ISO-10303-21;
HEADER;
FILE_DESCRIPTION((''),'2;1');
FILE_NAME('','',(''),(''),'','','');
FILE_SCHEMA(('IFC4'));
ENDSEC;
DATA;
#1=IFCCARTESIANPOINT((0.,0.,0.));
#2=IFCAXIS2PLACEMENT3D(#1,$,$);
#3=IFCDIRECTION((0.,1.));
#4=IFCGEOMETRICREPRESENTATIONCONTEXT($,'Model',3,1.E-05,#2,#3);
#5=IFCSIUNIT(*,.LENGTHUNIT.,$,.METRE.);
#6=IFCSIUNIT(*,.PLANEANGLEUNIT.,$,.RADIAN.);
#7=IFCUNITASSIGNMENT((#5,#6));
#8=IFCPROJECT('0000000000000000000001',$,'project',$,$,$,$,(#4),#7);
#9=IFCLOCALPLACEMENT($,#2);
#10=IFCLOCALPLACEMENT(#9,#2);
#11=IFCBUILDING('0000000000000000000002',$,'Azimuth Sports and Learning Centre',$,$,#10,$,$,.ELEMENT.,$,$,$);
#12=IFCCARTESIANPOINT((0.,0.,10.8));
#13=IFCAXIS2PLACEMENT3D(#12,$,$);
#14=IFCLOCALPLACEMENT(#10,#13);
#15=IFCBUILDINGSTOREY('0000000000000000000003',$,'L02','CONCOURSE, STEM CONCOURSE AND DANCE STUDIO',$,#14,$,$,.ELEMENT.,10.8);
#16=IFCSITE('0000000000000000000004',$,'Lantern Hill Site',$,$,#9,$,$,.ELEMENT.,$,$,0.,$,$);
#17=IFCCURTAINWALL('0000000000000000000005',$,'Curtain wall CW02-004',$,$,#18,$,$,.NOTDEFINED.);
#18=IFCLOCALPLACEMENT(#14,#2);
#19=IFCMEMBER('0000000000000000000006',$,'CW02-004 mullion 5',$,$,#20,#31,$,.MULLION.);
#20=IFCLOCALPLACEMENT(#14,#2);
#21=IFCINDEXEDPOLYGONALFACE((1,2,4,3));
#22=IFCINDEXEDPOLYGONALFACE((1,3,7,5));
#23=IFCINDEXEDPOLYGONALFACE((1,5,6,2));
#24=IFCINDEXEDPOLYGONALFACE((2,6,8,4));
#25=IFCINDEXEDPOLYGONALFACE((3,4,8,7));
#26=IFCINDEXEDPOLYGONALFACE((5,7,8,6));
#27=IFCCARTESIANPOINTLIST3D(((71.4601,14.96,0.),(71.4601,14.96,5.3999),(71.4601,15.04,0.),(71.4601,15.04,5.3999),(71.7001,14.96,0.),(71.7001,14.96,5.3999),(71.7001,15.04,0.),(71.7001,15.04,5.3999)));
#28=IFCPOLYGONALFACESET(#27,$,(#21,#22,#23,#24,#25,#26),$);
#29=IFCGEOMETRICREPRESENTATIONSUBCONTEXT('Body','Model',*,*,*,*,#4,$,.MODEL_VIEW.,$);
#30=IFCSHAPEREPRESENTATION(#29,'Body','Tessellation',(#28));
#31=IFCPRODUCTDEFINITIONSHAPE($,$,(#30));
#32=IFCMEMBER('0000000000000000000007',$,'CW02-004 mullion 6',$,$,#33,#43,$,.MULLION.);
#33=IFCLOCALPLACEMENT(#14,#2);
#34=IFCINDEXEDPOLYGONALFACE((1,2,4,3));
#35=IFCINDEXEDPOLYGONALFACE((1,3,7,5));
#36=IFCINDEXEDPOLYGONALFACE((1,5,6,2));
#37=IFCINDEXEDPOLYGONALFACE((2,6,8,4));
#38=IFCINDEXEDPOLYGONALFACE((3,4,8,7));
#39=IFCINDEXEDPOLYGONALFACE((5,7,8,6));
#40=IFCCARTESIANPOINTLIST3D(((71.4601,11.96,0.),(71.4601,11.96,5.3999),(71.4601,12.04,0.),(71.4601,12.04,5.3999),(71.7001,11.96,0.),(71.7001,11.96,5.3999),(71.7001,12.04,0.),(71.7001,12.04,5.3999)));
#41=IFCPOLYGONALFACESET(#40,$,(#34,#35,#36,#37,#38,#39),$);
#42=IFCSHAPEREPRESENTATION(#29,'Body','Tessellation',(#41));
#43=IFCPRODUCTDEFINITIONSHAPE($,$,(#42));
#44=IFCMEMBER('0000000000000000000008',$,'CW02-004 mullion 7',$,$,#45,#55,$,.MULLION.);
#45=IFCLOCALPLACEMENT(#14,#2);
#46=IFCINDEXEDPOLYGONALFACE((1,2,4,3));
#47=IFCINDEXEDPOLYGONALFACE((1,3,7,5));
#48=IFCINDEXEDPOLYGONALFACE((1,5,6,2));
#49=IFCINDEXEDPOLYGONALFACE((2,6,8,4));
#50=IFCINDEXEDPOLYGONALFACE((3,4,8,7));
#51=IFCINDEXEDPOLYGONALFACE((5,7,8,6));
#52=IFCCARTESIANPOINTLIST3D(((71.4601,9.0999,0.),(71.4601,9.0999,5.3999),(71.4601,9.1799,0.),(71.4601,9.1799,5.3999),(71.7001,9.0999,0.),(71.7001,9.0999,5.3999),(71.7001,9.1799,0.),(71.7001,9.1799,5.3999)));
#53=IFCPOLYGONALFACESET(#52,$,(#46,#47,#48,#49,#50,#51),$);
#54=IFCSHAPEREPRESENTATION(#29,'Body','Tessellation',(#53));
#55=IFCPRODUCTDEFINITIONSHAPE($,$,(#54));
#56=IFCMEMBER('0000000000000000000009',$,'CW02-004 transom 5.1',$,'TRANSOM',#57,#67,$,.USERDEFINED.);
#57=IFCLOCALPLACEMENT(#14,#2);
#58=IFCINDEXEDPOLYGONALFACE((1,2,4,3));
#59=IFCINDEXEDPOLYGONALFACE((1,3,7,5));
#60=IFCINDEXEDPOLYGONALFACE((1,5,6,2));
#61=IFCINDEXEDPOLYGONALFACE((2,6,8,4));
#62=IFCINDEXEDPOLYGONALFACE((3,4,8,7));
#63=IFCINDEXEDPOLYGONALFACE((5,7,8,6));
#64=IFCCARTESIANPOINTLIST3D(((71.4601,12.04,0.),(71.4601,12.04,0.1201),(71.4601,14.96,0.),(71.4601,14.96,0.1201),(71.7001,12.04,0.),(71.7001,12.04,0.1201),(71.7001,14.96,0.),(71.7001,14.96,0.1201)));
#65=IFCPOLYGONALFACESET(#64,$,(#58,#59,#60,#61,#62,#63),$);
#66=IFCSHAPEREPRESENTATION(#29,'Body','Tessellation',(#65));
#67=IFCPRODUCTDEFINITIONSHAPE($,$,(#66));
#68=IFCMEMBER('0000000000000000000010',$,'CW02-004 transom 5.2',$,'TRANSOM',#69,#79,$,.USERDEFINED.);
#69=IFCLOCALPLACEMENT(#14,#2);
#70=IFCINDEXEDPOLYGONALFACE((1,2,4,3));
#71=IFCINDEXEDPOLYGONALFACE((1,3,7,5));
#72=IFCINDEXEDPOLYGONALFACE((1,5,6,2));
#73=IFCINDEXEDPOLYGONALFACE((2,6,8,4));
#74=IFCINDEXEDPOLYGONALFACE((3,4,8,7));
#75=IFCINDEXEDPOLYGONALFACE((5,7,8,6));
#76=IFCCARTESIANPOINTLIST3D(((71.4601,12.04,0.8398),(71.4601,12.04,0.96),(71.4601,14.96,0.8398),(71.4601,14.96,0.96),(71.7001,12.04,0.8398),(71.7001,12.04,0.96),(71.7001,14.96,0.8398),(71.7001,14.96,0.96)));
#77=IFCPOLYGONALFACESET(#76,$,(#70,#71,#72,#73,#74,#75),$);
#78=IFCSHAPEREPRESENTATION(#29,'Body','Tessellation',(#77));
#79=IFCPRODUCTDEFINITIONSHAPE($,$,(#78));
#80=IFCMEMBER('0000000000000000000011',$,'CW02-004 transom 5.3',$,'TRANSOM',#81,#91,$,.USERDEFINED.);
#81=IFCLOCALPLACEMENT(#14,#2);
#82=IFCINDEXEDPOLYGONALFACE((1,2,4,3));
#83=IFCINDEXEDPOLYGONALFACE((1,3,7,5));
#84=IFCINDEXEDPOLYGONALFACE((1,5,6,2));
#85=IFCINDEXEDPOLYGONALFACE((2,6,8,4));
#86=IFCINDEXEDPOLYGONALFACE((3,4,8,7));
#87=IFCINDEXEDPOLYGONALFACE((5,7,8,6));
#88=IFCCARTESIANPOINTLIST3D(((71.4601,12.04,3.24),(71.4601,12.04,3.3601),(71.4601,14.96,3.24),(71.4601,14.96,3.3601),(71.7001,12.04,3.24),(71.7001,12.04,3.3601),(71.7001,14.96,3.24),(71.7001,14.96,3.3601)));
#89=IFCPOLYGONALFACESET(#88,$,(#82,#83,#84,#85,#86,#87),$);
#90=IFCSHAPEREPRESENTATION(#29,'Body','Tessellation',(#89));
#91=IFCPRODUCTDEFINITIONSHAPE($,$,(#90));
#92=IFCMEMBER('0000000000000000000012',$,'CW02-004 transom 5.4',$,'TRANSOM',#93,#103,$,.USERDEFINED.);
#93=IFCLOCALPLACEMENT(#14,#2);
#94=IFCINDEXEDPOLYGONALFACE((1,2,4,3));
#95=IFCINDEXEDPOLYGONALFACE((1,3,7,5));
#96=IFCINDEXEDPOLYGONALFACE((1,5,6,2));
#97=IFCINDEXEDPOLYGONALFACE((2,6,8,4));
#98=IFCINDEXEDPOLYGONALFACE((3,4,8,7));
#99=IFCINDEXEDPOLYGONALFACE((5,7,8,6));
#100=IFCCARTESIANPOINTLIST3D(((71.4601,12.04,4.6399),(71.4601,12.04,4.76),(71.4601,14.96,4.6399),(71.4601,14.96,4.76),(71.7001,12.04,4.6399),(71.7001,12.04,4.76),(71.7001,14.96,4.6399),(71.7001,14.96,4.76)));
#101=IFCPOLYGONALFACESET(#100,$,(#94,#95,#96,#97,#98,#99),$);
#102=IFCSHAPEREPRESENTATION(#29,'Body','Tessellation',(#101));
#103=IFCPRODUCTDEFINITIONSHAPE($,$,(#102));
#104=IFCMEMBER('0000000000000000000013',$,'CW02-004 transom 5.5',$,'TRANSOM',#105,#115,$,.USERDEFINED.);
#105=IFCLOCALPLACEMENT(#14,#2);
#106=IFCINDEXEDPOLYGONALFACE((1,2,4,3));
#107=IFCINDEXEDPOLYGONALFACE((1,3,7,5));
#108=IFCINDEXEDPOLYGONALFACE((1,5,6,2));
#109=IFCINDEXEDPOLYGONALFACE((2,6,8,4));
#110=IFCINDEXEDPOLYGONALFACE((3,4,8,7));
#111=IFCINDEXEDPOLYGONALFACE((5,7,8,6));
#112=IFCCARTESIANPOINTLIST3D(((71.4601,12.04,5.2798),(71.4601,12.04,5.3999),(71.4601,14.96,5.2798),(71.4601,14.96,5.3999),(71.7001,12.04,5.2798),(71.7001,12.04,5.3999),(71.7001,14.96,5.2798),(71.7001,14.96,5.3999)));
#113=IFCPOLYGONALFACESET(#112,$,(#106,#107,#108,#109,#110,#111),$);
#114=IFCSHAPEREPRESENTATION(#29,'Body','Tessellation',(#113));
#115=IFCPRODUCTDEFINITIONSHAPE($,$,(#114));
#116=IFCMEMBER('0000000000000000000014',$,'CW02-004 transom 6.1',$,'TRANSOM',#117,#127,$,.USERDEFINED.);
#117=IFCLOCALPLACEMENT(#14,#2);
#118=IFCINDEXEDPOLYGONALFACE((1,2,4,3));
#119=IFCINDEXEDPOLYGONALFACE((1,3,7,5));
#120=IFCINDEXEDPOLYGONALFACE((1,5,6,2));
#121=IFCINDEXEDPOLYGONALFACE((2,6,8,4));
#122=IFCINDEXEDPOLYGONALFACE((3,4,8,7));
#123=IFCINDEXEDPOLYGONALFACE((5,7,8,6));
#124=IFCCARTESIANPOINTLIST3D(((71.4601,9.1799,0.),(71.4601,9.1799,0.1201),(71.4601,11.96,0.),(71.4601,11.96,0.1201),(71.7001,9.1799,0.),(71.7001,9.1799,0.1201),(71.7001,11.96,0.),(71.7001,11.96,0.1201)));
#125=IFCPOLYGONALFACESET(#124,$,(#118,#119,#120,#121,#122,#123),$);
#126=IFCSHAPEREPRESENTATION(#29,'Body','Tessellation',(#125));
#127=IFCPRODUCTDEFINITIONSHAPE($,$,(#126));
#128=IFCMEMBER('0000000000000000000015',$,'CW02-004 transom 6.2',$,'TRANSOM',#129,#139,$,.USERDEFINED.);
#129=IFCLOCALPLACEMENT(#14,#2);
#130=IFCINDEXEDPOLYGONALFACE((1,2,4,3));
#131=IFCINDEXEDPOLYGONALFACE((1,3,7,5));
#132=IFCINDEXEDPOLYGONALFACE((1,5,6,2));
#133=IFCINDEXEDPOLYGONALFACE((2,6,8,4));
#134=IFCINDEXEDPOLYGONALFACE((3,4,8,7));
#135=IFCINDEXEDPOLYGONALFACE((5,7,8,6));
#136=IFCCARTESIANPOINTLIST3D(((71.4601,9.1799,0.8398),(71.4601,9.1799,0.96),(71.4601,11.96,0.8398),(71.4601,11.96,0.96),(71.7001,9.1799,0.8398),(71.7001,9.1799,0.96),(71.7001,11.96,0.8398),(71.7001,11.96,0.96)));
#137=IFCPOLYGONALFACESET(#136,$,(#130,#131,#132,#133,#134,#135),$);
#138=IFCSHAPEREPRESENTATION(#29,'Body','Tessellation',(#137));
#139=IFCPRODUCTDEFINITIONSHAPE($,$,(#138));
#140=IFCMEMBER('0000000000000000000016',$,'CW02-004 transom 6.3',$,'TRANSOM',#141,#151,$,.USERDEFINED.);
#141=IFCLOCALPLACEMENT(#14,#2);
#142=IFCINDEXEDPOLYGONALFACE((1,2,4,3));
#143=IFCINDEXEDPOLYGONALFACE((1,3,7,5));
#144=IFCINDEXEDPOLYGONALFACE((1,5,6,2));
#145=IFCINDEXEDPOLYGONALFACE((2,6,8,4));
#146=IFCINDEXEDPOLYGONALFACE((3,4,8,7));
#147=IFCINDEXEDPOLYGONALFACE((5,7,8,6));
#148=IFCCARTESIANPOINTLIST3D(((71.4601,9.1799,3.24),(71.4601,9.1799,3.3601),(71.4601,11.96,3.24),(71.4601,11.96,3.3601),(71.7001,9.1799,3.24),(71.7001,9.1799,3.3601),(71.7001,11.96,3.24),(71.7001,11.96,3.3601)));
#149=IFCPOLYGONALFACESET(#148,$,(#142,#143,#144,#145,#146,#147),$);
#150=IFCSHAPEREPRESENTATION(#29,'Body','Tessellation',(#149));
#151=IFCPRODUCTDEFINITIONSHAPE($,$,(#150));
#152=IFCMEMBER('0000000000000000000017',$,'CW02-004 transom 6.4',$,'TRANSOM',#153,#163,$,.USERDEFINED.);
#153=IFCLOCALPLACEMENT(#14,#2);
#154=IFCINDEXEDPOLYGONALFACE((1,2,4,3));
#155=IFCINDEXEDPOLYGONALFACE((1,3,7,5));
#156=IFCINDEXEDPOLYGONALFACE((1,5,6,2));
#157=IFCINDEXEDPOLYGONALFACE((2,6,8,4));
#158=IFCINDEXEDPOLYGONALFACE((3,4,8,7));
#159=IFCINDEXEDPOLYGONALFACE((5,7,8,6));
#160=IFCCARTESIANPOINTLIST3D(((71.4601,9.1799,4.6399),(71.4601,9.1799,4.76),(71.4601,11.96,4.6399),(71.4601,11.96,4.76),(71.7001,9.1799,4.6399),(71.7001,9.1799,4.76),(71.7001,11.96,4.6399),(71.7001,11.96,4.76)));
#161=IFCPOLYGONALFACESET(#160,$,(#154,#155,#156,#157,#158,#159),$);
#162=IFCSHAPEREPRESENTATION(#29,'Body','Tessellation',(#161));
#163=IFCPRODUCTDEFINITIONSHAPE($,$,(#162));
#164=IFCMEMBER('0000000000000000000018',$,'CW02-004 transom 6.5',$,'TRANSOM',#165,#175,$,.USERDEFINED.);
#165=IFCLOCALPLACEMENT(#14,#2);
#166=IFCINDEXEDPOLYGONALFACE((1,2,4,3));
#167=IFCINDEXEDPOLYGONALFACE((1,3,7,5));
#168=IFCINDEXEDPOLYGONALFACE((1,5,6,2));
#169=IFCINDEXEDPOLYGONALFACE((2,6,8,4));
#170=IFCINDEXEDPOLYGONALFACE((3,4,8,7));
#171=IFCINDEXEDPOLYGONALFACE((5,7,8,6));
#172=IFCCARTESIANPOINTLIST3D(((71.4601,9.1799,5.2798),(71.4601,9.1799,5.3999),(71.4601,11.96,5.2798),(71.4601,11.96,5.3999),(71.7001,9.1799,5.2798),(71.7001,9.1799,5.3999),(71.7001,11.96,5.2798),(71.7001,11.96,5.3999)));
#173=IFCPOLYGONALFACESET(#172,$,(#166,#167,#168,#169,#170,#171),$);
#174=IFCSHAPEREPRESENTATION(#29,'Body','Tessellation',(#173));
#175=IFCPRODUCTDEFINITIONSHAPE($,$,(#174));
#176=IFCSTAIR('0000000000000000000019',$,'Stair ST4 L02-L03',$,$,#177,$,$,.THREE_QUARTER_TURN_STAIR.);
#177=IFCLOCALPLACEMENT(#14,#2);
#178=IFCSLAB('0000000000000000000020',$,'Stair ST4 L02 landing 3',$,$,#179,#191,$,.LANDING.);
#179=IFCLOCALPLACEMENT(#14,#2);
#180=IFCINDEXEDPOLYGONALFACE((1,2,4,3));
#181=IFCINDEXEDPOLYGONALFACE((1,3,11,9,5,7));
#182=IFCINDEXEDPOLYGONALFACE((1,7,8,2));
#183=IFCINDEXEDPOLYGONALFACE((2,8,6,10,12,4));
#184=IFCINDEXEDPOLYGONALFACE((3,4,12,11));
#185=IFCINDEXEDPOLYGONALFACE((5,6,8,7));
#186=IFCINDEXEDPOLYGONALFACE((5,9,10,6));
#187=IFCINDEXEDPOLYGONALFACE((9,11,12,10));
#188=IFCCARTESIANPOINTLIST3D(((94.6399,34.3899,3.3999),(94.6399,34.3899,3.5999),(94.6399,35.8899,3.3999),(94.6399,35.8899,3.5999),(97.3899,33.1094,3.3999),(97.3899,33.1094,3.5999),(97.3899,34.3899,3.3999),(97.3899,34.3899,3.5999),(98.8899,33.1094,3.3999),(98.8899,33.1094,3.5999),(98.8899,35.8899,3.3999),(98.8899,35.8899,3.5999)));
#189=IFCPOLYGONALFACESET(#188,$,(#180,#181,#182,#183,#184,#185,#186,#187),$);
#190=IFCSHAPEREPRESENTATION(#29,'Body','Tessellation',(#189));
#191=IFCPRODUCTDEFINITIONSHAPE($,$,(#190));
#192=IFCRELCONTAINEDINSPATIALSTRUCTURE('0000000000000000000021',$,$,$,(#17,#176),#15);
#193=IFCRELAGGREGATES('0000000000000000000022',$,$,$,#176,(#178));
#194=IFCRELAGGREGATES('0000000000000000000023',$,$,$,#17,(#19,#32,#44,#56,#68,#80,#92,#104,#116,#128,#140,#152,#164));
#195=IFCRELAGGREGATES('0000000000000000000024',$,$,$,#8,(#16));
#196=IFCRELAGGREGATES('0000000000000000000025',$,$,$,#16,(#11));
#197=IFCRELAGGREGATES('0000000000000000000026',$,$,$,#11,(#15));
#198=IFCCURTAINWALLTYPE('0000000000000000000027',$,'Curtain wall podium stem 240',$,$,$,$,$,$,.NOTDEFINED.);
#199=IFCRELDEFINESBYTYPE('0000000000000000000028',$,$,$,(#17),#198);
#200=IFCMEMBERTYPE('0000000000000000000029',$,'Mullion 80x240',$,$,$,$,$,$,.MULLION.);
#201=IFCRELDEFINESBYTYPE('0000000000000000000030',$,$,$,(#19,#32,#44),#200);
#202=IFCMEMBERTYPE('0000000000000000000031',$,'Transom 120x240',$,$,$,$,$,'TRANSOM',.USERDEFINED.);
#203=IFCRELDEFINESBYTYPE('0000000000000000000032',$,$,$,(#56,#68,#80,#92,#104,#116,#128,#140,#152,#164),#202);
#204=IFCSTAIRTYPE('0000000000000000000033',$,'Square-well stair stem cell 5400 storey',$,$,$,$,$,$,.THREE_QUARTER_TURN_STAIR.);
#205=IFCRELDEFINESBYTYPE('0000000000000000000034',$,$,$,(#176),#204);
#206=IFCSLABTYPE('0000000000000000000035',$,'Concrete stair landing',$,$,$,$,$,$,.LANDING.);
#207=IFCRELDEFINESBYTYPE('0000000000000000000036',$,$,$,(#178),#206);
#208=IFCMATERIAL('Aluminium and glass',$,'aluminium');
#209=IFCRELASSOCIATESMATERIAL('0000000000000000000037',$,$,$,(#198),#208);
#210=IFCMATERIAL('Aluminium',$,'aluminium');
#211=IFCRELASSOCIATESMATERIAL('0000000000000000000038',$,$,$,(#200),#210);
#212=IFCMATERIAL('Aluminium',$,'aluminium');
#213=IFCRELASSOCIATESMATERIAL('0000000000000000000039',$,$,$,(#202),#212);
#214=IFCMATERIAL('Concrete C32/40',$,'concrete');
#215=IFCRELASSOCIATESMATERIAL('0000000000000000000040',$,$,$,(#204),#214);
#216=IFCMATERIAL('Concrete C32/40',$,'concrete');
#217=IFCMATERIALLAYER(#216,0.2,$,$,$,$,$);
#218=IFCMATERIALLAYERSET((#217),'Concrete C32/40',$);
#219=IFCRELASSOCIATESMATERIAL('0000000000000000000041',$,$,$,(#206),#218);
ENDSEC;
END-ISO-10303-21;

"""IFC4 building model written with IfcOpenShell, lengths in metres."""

from ifc_helpers import new_model, si_unit, direction, frame, origin, origin_2d, place, context, subcontext, project, spatial, polyline, rectangle, outline, extrude, material, layer, layer_set, material_profile, profile_set, type_object, element, aggregate, save


model = new_model("IFC4")

# Units and contexts
model_context = context("Model", 3, precision=1e-05, world=origin(), true_north=direction((0.0, 1.0)))
body_context = subcontext(model_context, "Body", "Model", "MODEL_VIEW")
ifc_project = project(units=[si_unit("LENGTHUNIT", "METRE"), si_unit("PLANEANGLEUNIT", "RADIAN")], contexts=[model_context])

# Site, building, storey
site_placement = place(None, origin())
site = spatial("IfcSite", under=ifc_project, at=site_placement, Name="Lantern Hill Site", CompositionType="ELEMENT", RefElevation=0.0)
building_placement = place(site_placement, origin())
building = spatial("IfcBuilding", under=site, at=building_placement, Name="Azimuth Sports and Learning Centre", CompositionType="ELEMENT")
storey_placement = place(building_placement, frame((0.0, 0.0, 10.8)))
storey = spatial("IfcBuildingStorey", under=building, at=storey_placement, Name="L02", Description="CONCOURSE, STEM CONCOURSE AND DANCE STUDIO", CompositionType="ELEMENT", Elevation=10.8)

# Curtain wall, members
ifc_material_1 = material(Name="Aluminium and glass", Category="aluminium")
curtain_wall_type = type_object("IfcCurtainWallType", Name="Curtain wall podium stem 240", PredefinedType="NOTDEFINED", material=ifc_material_1)
curtain_wall_placement = place(storey_placement, origin())
curtain_wall = element("IfcCurtainWall", 1, at=curtain_wall_placement, inside=storey, type_object=curtain_wall_type, Name="Curtain wall CW02-004", PredefinedType="NOTDEFINED")
ifc_material_2 = material(Name="Aluminium", Category="aluminium")
ifc_material_profile_1 = material_profile(ifc_material_2, rectangle(XDim=0.24, YDim=0.0801, at=origin_2d()), Name="Mullion 80x240")
ifc_profile_set_1 = profile_set([ifc_material_profile_1], Name="Aluminium")
member_type_1 = type_object("IfcMemberType", Name="Mullion 80x240", PredefinedType="MULLION", material=ifc_profile_set_1)
member_1_placement = place(storey_placement, frame((71.5801, 15.0, 0.0), z_axis=(0.0, 0.0, 1.0), x_axis=(1.0, 0.0, 0.0)))
member_1 = element("IfcMember", 2, at=member_1_placement, type_object=member_type_1, Name="CW02-004 mullion 5", PredefinedType="MULLION", context=body_context, shape_type="SweptSolid", body=[
    extrude(rectangle(XDim=0.24, YDim=0.0801, at=origin_2d()), origin(), (0.0, 0.0, 1.0), 5.3999),
])
member_2_placement = place(storey_placement, frame((71.5801, 12.0, 0.0), z_axis=(0.0, 0.0, 1.0), x_axis=(1.0, 0.0, 0.0)))
member_2 = element("IfcMember", 3, at=member_2_placement, type_object=member_type_1, Name="CW02-004 mullion 6", PredefinedType="MULLION", context=body_context, shape_type="SweptSolid", body=[
    extrude(rectangle(XDim=0.24, YDim=0.0801, at=origin_2d()), origin(), (0.0, 0.0, 1.0), 5.3999),
])
member_3_placement = place(storey_placement, frame((71.5801, 9.1399, 0.0), z_axis=(0.0, 0.0, 1.0), x_axis=(1.0, 0.0, 0.0)))
member_3 = element("IfcMember", 4, at=member_3_placement, type_object=member_type_1, Name="CW02-004 mullion 7", PredefinedType="MULLION", context=body_context, shape_type="SweptSolid", body=[
    extrude(rectangle(XDim=0.24, YDim=0.0801, at=origin_2d()), origin(), (0.0, 0.0, 1.0), 5.3999),
])
ifc_material_3 = material(Name="Aluminium", Category="aluminium")
ifc_material_profile_2 = material_profile(ifc_material_3, rectangle(XDim=0.24, YDim=0.1201, at=origin_2d()), Name="Transom 120x240")
ifc_profile_set_2 = profile_set([ifc_material_profile_2], Name="Aluminium")
member_type_2 = type_object("IfcMemberType", Name="Transom 120x240", ElementType="TRANSOM", PredefinedType="USERDEFINED", material=ifc_profile_set_2)
member_4_placement = place(storey_placement, frame((71.5801, 14.96, 0.0601), z_axis=(0.0, -1.0, 0.0), x_axis=(1.0, 0.0, 0.0)))
member_4 = element("IfcMember", 5, at=member_4_placement, type_object=member_type_2, Name="CW02-004 transom 5.1", ObjectType="TRANSOM", PredefinedType="USERDEFINED", context=body_context, shape_type="SweptSolid", body=[
    extrude(rectangle(XDim=0.24, YDim=0.1201, at=origin_2d()), origin(), (0.0, 0.0, 1.0), 2.9199),
])
member_5_placement = place(storey_placement, frame((71.5801, 14.96, 0.8999), z_axis=(0.0, -1.0, 0.0), x_axis=(1.0, 0.0, 0.0)))
member_5 = element("IfcMember", 6, at=member_5_placement, type_object=member_type_2, Name="CW02-004 transom 5.2", ObjectType="TRANSOM", PredefinedType="USERDEFINED", context=body_context, shape_type="SweptSolid", body=[
    extrude(rectangle(XDim=0.24, YDim=0.1201, at=origin_2d()), origin(), (0.0, 0.0, 1.0), 2.9199),
])
member_6_placement = place(storey_placement, frame((71.5801, 14.96, 3.3), z_axis=(0.0, -1.0, 0.0), x_axis=(1.0, 0.0, 0.0)))
member_6 = element("IfcMember", 7, at=member_6_placement, type_object=member_type_2, Name="CW02-004 transom 5.3", ObjectType="TRANSOM", PredefinedType="USERDEFINED", context=body_context, shape_type="SweptSolid", body=[
    extrude(rectangle(XDim=0.24, YDim=0.1201, at=origin_2d()), origin(), (0.0, 0.0, 1.0), 2.9199),
])
member_7_placement = place(storey_placement, frame((71.5801, 14.96, 4.7), z_axis=(0.0, -1.0, 0.0), x_axis=(1.0, 0.0, 0.0)))
member_7 = element("IfcMember", 8, at=member_7_placement, type_object=member_type_2, Name="CW02-004 transom 5.4", ObjectType="TRANSOM", PredefinedType="USERDEFINED", context=body_context, shape_type="SweptSolid", body=[
    extrude(rectangle(XDim=0.24, YDim=0.1201, at=origin_2d()), origin(), (0.0, 0.0, 1.0), 2.9199),
])
member_8_placement = place(storey_placement, frame((71.5801, 14.96, 5.3398), z_axis=(0.0, -1.0, 0.0), x_axis=(1.0, 0.0, 0.0)))
member_8 = element("IfcMember", 9, at=member_8_placement, type_object=member_type_2, Name="CW02-004 transom 5.5", ObjectType="TRANSOM", PredefinedType="USERDEFINED", context=body_context, shape_type="SweptSolid", body=[
    extrude(rectangle(XDim=0.24, YDim=0.1201, at=origin_2d()), origin(), (0.0, 0.0, 1.0), 2.9199),
])
member_9_placement = place(storey_placement, frame((71.5801, 11.96, 0.0601), z_axis=(0.0, -1.0, 0.0), x_axis=(1.0, 0.0, 0.0)))
member_9 = element("IfcMember", 10, at=member_9_placement, type_object=member_type_2, Name="CW02-004 transom 6.1", ObjectType="TRANSOM", PredefinedType="USERDEFINED", context=body_context, shape_type="SweptSolid", body=[
    extrude(rectangle(XDim=0.24, YDim=0.1201, at=origin_2d()), origin(), (0.0, 0.0, 1.0), 2.78),
])
member_10_placement = place(storey_placement, frame((71.5801, 11.96, 0.8999), z_axis=(0.0, -1.0, 0.0), x_axis=(1.0, 0.0, 0.0)))
member_10 = element("IfcMember", 11, at=member_10_placement, type_object=member_type_2, Name="CW02-004 transom 6.2", ObjectType="TRANSOM", PredefinedType="USERDEFINED", context=body_context, shape_type="SweptSolid", body=[
    extrude(rectangle(XDim=0.24, YDim=0.1201, at=origin_2d()), origin(), (0.0, 0.0, 1.0), 2.78),
])
member_11_placement = place(storey_placement, frame((71.5801, 11.96, 3.3), z_axis=(0.0, -1.0, 0.0), x_axis=(1.0, 0.0, 0.0)))
member_11 = element("IfcMember", 12, at=member_11_placement, type_object=member_type_2, Name="CW02-004 transom 6.3", ObjectType="TRANSOM", PredefinedType="USERDEFINED", context=body_context, shape_type="SweptSolid", body=[
    extrude(rectangle(XDim=0.24, YDim=0.1201, at=origin_2d()), origin(), (0.0, 0.0, 1.0), 2.78),
])
member_12_placement = place(storey_placement, frame((71.5801, 11.96, 4.7), z_axis=(0.0, -1.0, 0.0), x_axis=(1.0, 0.0, 0.0)))
member_12 = element("IfcMember", 13, at=member_12_placement, type_object=member_type_2, Name="CW02-004 transom 6.4", ObjectType="TRANSOM", PredefinedType="USERDEFINED", context=body_context, shape_type="SweptSolid", body=[
    extrude(rectangle(XDim=0.24, YDim=0.1201, at=origin_2d()), origin(), (0.0, 0.0, 1.0), 2.78),
])
member_13_placement = place(storey_placement, frame((71.5801, 11.96, 5.3398), z_axis=(0.0, -1.0, 0.0), x_axis=(1.0, 0.0, 0.0)))
member_13 = element("IfcMember", 14, at=member_13_placement, type_object=member_type_2, Name="CW02-004 transom 6.5", ObjectType="TRANSOM", PredefinedType="USERDEFINED", context=body_context, shape_type="SweptSolid", body=[
    extrude(rectangle(XDim=0.24, YDim=0.1201, at=origin_2d()), origin(), (0.0, 0.0, 1.0), 2.78),
])

# Stair, slab
ifc_material_4 = material(Name="Concrete C32/40", Category="concrete")
stair_type = type_object("IfcStairType", Name="Square-well stair stem cell 5400 storey", PredefinedType="THREE_QUARTER_TURN_STAIR", material=ifc_material_4)
stair_1_placement = place(storey_placement, origin())
stair_1 = element("IfcStair", 15, at=stair_1_placement, inside=storey, type_object=stair_type, Name="Stair ST4 L02-L03", PredefinedType="THREE_QUARTER_TURN_STAIR")
ifc_material_5 = material(Name="Concrete C32/40", Category="concrete")
ifc_layer_1 = layer(ifc_material_5, 0.2)
ifc_layer_set_1 = layer_set([ifc_layer_1], Name="Concrete C32/40")
slab_type = type_object("IfcSlabType", Name="Concrete stair landing", PredefinedType="LANDING", material=ifc_layer_set_1)
slab_1_placement = place(storey_placement, frame((0.0, 0.0, 3.3999)))
slab_1 = element("IfcSlab", 16, at=slab_1_placement, type_object=slab_type, Name="Stair ST4 L02 landing 3", PredefinedType="LANDING", context=body_context, shape_type="SweptSolid", body=[
    extrude(outline(polyline([(97.3899, 34.3899), (97.3899, 33.1094), (98.8899, 33.1094), (98.8899, 35.8899), (94.6399, 35.8899), (94.6399, 34.3899), (97.3899, 34.3899)])), origin(), (0.0, 0.0, 1.0), 0.2),
])
aggregate(stair_1, [slab_1])

aggregate(curtain_wall, [member_1, member_2, member_3, member_4, member_5, member_6, member_7, member_8, member_9, member_10, member_11, member_12, member_13])

save(model, "model.ifc")
